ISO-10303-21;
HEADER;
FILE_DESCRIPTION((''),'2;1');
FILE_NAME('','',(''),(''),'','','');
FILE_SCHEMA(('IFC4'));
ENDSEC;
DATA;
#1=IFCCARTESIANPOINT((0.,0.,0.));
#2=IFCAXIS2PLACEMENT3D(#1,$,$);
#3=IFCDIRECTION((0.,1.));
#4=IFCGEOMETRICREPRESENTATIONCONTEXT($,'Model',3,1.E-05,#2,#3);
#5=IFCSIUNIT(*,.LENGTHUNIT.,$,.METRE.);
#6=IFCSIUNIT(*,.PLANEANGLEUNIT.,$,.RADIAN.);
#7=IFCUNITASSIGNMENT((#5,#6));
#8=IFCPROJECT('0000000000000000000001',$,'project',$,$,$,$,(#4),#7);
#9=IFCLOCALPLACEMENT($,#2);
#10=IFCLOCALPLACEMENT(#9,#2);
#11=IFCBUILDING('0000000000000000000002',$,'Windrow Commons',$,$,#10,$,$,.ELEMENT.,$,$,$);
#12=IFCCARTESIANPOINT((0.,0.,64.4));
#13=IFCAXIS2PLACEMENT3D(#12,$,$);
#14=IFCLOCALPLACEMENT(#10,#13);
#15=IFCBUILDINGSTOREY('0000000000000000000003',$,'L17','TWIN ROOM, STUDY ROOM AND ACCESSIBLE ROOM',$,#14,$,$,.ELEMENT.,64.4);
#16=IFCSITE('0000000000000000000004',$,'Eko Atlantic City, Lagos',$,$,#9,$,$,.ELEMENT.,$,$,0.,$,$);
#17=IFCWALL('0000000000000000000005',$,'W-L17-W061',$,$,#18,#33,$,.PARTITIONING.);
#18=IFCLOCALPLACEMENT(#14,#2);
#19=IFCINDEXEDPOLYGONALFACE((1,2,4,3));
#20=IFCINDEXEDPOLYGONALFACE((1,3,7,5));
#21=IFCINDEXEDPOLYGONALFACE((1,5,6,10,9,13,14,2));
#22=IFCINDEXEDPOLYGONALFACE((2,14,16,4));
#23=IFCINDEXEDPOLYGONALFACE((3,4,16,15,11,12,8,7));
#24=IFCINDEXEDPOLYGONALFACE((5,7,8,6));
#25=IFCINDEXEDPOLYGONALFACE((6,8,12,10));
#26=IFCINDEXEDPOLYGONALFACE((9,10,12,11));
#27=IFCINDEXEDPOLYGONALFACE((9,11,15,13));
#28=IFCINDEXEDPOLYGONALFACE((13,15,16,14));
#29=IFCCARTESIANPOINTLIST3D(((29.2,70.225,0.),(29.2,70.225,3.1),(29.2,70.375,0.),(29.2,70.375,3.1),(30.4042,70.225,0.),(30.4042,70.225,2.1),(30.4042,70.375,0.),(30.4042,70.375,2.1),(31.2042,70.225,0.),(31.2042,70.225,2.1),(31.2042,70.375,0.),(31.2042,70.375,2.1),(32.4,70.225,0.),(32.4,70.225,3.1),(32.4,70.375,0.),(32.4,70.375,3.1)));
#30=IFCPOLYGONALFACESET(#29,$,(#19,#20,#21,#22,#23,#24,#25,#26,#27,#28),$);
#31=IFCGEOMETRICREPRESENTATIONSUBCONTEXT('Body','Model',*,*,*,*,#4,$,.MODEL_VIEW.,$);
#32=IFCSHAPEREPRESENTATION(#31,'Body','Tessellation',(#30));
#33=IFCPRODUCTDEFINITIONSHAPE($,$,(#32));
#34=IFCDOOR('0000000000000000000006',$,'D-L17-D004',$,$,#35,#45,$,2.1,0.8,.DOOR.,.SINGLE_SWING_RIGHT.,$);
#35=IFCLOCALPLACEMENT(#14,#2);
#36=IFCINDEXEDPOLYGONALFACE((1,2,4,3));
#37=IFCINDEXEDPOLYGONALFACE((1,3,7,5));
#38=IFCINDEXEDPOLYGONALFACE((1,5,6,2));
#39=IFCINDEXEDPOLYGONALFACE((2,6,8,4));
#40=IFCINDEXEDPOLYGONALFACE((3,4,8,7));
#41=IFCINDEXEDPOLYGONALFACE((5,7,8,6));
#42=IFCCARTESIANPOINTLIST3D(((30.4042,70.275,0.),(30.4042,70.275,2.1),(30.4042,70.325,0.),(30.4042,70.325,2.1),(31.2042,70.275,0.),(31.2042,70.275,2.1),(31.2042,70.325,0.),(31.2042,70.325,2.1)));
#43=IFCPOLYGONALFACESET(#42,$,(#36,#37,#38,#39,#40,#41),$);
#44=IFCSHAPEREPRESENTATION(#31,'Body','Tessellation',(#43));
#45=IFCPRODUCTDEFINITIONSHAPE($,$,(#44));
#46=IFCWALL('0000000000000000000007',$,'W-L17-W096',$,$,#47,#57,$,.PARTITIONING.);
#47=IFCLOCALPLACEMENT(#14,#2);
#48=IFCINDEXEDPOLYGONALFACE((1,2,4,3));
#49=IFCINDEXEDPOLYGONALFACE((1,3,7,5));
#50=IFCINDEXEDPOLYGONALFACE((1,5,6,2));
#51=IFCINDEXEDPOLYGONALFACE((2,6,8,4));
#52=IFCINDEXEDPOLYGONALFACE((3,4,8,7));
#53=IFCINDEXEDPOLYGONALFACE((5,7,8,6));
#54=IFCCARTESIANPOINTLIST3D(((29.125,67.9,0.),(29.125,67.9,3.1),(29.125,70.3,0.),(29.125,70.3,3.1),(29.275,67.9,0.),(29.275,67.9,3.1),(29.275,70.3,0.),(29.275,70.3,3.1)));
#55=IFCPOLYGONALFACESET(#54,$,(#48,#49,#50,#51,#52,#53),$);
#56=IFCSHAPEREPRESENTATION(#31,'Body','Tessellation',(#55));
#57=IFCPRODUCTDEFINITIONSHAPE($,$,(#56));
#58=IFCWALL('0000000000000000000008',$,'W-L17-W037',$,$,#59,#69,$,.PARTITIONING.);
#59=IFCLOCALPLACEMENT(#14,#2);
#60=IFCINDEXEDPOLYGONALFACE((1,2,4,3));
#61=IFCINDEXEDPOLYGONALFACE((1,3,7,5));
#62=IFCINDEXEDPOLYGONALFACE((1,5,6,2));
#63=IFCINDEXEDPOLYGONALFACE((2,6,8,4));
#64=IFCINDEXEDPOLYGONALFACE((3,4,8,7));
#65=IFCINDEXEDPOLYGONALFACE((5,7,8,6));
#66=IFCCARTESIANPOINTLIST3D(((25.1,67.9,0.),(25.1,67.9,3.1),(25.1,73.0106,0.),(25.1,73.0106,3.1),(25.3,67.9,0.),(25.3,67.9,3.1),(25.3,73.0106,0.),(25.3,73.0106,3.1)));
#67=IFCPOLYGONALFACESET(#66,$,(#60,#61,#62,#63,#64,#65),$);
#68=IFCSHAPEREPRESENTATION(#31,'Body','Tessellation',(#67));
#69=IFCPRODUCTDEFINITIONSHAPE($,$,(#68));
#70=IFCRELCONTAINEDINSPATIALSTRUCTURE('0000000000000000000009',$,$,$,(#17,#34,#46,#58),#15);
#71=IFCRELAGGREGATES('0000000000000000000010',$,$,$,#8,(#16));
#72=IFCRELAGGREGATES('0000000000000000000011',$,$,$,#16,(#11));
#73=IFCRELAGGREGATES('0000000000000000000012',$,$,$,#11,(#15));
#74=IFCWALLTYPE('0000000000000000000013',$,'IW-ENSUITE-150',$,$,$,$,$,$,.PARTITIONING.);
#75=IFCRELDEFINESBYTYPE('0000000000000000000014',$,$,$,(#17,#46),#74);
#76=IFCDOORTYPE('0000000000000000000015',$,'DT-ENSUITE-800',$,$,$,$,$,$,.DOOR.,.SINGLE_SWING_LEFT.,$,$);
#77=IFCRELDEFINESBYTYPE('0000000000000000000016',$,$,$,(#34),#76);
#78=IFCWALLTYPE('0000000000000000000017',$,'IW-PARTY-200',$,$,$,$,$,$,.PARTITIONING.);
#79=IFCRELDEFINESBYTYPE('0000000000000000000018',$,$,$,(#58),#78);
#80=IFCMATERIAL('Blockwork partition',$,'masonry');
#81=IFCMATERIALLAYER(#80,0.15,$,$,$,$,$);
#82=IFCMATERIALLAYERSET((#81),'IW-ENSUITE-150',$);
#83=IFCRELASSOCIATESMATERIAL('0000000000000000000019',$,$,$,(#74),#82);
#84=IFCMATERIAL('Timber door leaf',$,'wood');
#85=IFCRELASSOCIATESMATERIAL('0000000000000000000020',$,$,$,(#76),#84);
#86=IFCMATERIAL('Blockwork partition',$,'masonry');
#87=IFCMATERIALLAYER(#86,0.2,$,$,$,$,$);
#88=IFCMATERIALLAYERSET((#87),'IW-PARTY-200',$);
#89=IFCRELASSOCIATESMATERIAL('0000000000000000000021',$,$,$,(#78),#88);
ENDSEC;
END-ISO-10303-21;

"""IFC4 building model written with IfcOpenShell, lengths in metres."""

from ifc_helpers import new_model, si_unit, direction, frame, frame_2d, origin, place, context, subcontext, project, spatial, rectangle, extrude, material, layer, layer_set, type_object, element, fill, save


model = new_model("IFC4")

# Units and contexts
model_context = context("Model", 3, precision=1e-05, world=origin(), true_north=direction((0.0, 1.0)))
body_context = subcontext(model_context, "Body", "Model", "MODEL_VIEW")
ifc_project = project(units=[si_unit("LENGTHUNIT", "METRE"), si_unit("PLANEANGLEUNIT", "RADIAN")], contexts=[model_context])

# Site, building, storey
site_placement = place(None, origin())
site = spatial("IfcSite", under=ifc_project, at=site_placement, Name="Eko Atlantic City, Lagos", CompositionType="ELEMENT", RefElevation=0.0)
building_placement = place(site_placement, origin())
building = spatial("IfcBuilding", under=site, at=building_placement, Name="Windrow Commons", CompositionType="ELEMENT")
storey_placement = place(building_placement, frame((0.0, 0.0, 64.4)))
storey = spatial("IfcBuildingStorey", under=building, at=storey_placement, Name="L17", Description="TWIN ROOM, STUDY ROOM AND ACCESSIBLE ROOM", CompositionType="ELEMENT", Elevation=64.4)

# Wall, opening, door
ifc_material_1 = material(Name="Blockwork partition", Category="masonry")
ifc_layer_1 = layer(ifc_material_1, 0.15)
ifc_layer_set_1 = layer_set([ifc_layer_1], Name="IW-ENSUITE-150")
wall_type_1 = type_object("IfcWallType", Name="IW-ENSUITE-150", PredefinedType="PARTITIONING", material=ifc_layer_set_1)
wall_1_placement = place(storey_placement, frame((29.2, 70.3, 0.0), z_axis=(0.0, 0.0, 1.0), x_axis=(1.0, 0.0, 0.0)))
wall_1 = element("IfcWall", 1, at=wall_1_placement, inside=storey, type_object=wall_type_1, Name="W-L17-W061", PredefinedType="PARTITIONING", context=body_context, shape_type="SweptSolid", body=[
    extrude(rectangle(XDim=3.2, YDim=0.15, at=frame_2d((1.6, 0.0))), origin(), (0.0, 0.0, 1.0), 3.1),
])
opening_1_placement = place(wall_1_placement, frame((1.2042, 0.0, 0.0)))
opening_1 = element("IfcOpeningElement", 2, at=opening_1_placement, cuts=wall_1, PredefinedType="OPENING", context=body_context, shape_type="SweptSolid", body=[
    extrude(rectangle(XDim=0.8, YDim=2.1, at=frame_2d((0.4, 1.05))), frame((0.0, 0.085, 0.0), z_axis=(0.0, -1.0, 0.0), x_axis=(1.0, 0.0, 0.0)), (0.0, 0.0, 1.0), 0.17),
])
ifc_material_2 = material(Name="Timber door leaf", Category="wood")
door_type_1 = type_object("IfcDoorType", Name="DT-ENSUITE-800", OperationType="SINGLE_SWING_LEFT", PredefinedType="DOOR", material=ifc_material_2)
door_1_placement = place(opening_1_placement, origin())
door_1 = element("IfcDoor", 3, at=door_1_placement, inside=storey, type_object=door_type_1, Name="D-L17-D004", OperationType="SINGLE_SWING_RIGHT", OverallHeight=2.1, OverallWidth=0.8, PredefinedType="DOOR", context=body_context, shape_type="SweptSolid", body=[
    extrude(rectangle(XDim=0.8, YDim=2.1, at=frame_2d((0.4, 1.05))), frame((0.0, 0.025, 0.0), z_axis=(0.0, -1.0, 0.0), x_axis=(1.0, 0.0, 0.0)), (0.0, 0.0, 1.0), 0.05),
])
fill(opening_1, door_1)

# Walls
wall_2_placement = place(storey_placement, frame((29.2, 67.9, 0.0), z_axis=(0.0, 0.0, 1.0), x_axis=(0.0, 1.0, 0.0)))
element("IfcWall", 4, at=wall_2_placement, inside=storey, type_object=wall_type_1, Name="W-L17-W096", PredefinedType="PARTITIONING", context=body_context, shape_type="SweptSolid", body=[
    extrude(rectangle(XDim=2.4, YDim=0.15, at=frame_2d((1.2, 0.0))), origin(), (0.0, 0.0, 1.0), 3.1),
])
ifc_material_3 = material(Name="Blockwork partition", Category="masonry")
ifc_layer_2 = layer(ifc_material_3, 0.2)
ifc_layer_set_2 = layer_set([ifc_layer_2], Name="IW-PARTY-200")
wall_type_2 = type_object("IfcWallType", Name="IW-PARTY-200", PredefinedType="PARTITIONING", material=ifc_layer_set_2)
wall_3_placement = place(storey_placement, frame((25.2, 67.9, 0.0), z_axis=(0.0, 0.0, 1.0), x_axis=(0.0, 1.0, 0.0)))
element("IfcWall", 5, at=wall_3_placement, inside=storey, type_object=wall_type_2, Name="W-L17-W037", PredefinedType="PARTITIONING", context=body_context, shape_type="SweptSolid", body=[
    extrude(rectangle(XDim=5.1106, YDim=0.2, at=frame_2d((2.5553, 0.0))), origin(), (0.0, 0.0, 1.0), 3.1),
])

save(model, "model.ifc")
